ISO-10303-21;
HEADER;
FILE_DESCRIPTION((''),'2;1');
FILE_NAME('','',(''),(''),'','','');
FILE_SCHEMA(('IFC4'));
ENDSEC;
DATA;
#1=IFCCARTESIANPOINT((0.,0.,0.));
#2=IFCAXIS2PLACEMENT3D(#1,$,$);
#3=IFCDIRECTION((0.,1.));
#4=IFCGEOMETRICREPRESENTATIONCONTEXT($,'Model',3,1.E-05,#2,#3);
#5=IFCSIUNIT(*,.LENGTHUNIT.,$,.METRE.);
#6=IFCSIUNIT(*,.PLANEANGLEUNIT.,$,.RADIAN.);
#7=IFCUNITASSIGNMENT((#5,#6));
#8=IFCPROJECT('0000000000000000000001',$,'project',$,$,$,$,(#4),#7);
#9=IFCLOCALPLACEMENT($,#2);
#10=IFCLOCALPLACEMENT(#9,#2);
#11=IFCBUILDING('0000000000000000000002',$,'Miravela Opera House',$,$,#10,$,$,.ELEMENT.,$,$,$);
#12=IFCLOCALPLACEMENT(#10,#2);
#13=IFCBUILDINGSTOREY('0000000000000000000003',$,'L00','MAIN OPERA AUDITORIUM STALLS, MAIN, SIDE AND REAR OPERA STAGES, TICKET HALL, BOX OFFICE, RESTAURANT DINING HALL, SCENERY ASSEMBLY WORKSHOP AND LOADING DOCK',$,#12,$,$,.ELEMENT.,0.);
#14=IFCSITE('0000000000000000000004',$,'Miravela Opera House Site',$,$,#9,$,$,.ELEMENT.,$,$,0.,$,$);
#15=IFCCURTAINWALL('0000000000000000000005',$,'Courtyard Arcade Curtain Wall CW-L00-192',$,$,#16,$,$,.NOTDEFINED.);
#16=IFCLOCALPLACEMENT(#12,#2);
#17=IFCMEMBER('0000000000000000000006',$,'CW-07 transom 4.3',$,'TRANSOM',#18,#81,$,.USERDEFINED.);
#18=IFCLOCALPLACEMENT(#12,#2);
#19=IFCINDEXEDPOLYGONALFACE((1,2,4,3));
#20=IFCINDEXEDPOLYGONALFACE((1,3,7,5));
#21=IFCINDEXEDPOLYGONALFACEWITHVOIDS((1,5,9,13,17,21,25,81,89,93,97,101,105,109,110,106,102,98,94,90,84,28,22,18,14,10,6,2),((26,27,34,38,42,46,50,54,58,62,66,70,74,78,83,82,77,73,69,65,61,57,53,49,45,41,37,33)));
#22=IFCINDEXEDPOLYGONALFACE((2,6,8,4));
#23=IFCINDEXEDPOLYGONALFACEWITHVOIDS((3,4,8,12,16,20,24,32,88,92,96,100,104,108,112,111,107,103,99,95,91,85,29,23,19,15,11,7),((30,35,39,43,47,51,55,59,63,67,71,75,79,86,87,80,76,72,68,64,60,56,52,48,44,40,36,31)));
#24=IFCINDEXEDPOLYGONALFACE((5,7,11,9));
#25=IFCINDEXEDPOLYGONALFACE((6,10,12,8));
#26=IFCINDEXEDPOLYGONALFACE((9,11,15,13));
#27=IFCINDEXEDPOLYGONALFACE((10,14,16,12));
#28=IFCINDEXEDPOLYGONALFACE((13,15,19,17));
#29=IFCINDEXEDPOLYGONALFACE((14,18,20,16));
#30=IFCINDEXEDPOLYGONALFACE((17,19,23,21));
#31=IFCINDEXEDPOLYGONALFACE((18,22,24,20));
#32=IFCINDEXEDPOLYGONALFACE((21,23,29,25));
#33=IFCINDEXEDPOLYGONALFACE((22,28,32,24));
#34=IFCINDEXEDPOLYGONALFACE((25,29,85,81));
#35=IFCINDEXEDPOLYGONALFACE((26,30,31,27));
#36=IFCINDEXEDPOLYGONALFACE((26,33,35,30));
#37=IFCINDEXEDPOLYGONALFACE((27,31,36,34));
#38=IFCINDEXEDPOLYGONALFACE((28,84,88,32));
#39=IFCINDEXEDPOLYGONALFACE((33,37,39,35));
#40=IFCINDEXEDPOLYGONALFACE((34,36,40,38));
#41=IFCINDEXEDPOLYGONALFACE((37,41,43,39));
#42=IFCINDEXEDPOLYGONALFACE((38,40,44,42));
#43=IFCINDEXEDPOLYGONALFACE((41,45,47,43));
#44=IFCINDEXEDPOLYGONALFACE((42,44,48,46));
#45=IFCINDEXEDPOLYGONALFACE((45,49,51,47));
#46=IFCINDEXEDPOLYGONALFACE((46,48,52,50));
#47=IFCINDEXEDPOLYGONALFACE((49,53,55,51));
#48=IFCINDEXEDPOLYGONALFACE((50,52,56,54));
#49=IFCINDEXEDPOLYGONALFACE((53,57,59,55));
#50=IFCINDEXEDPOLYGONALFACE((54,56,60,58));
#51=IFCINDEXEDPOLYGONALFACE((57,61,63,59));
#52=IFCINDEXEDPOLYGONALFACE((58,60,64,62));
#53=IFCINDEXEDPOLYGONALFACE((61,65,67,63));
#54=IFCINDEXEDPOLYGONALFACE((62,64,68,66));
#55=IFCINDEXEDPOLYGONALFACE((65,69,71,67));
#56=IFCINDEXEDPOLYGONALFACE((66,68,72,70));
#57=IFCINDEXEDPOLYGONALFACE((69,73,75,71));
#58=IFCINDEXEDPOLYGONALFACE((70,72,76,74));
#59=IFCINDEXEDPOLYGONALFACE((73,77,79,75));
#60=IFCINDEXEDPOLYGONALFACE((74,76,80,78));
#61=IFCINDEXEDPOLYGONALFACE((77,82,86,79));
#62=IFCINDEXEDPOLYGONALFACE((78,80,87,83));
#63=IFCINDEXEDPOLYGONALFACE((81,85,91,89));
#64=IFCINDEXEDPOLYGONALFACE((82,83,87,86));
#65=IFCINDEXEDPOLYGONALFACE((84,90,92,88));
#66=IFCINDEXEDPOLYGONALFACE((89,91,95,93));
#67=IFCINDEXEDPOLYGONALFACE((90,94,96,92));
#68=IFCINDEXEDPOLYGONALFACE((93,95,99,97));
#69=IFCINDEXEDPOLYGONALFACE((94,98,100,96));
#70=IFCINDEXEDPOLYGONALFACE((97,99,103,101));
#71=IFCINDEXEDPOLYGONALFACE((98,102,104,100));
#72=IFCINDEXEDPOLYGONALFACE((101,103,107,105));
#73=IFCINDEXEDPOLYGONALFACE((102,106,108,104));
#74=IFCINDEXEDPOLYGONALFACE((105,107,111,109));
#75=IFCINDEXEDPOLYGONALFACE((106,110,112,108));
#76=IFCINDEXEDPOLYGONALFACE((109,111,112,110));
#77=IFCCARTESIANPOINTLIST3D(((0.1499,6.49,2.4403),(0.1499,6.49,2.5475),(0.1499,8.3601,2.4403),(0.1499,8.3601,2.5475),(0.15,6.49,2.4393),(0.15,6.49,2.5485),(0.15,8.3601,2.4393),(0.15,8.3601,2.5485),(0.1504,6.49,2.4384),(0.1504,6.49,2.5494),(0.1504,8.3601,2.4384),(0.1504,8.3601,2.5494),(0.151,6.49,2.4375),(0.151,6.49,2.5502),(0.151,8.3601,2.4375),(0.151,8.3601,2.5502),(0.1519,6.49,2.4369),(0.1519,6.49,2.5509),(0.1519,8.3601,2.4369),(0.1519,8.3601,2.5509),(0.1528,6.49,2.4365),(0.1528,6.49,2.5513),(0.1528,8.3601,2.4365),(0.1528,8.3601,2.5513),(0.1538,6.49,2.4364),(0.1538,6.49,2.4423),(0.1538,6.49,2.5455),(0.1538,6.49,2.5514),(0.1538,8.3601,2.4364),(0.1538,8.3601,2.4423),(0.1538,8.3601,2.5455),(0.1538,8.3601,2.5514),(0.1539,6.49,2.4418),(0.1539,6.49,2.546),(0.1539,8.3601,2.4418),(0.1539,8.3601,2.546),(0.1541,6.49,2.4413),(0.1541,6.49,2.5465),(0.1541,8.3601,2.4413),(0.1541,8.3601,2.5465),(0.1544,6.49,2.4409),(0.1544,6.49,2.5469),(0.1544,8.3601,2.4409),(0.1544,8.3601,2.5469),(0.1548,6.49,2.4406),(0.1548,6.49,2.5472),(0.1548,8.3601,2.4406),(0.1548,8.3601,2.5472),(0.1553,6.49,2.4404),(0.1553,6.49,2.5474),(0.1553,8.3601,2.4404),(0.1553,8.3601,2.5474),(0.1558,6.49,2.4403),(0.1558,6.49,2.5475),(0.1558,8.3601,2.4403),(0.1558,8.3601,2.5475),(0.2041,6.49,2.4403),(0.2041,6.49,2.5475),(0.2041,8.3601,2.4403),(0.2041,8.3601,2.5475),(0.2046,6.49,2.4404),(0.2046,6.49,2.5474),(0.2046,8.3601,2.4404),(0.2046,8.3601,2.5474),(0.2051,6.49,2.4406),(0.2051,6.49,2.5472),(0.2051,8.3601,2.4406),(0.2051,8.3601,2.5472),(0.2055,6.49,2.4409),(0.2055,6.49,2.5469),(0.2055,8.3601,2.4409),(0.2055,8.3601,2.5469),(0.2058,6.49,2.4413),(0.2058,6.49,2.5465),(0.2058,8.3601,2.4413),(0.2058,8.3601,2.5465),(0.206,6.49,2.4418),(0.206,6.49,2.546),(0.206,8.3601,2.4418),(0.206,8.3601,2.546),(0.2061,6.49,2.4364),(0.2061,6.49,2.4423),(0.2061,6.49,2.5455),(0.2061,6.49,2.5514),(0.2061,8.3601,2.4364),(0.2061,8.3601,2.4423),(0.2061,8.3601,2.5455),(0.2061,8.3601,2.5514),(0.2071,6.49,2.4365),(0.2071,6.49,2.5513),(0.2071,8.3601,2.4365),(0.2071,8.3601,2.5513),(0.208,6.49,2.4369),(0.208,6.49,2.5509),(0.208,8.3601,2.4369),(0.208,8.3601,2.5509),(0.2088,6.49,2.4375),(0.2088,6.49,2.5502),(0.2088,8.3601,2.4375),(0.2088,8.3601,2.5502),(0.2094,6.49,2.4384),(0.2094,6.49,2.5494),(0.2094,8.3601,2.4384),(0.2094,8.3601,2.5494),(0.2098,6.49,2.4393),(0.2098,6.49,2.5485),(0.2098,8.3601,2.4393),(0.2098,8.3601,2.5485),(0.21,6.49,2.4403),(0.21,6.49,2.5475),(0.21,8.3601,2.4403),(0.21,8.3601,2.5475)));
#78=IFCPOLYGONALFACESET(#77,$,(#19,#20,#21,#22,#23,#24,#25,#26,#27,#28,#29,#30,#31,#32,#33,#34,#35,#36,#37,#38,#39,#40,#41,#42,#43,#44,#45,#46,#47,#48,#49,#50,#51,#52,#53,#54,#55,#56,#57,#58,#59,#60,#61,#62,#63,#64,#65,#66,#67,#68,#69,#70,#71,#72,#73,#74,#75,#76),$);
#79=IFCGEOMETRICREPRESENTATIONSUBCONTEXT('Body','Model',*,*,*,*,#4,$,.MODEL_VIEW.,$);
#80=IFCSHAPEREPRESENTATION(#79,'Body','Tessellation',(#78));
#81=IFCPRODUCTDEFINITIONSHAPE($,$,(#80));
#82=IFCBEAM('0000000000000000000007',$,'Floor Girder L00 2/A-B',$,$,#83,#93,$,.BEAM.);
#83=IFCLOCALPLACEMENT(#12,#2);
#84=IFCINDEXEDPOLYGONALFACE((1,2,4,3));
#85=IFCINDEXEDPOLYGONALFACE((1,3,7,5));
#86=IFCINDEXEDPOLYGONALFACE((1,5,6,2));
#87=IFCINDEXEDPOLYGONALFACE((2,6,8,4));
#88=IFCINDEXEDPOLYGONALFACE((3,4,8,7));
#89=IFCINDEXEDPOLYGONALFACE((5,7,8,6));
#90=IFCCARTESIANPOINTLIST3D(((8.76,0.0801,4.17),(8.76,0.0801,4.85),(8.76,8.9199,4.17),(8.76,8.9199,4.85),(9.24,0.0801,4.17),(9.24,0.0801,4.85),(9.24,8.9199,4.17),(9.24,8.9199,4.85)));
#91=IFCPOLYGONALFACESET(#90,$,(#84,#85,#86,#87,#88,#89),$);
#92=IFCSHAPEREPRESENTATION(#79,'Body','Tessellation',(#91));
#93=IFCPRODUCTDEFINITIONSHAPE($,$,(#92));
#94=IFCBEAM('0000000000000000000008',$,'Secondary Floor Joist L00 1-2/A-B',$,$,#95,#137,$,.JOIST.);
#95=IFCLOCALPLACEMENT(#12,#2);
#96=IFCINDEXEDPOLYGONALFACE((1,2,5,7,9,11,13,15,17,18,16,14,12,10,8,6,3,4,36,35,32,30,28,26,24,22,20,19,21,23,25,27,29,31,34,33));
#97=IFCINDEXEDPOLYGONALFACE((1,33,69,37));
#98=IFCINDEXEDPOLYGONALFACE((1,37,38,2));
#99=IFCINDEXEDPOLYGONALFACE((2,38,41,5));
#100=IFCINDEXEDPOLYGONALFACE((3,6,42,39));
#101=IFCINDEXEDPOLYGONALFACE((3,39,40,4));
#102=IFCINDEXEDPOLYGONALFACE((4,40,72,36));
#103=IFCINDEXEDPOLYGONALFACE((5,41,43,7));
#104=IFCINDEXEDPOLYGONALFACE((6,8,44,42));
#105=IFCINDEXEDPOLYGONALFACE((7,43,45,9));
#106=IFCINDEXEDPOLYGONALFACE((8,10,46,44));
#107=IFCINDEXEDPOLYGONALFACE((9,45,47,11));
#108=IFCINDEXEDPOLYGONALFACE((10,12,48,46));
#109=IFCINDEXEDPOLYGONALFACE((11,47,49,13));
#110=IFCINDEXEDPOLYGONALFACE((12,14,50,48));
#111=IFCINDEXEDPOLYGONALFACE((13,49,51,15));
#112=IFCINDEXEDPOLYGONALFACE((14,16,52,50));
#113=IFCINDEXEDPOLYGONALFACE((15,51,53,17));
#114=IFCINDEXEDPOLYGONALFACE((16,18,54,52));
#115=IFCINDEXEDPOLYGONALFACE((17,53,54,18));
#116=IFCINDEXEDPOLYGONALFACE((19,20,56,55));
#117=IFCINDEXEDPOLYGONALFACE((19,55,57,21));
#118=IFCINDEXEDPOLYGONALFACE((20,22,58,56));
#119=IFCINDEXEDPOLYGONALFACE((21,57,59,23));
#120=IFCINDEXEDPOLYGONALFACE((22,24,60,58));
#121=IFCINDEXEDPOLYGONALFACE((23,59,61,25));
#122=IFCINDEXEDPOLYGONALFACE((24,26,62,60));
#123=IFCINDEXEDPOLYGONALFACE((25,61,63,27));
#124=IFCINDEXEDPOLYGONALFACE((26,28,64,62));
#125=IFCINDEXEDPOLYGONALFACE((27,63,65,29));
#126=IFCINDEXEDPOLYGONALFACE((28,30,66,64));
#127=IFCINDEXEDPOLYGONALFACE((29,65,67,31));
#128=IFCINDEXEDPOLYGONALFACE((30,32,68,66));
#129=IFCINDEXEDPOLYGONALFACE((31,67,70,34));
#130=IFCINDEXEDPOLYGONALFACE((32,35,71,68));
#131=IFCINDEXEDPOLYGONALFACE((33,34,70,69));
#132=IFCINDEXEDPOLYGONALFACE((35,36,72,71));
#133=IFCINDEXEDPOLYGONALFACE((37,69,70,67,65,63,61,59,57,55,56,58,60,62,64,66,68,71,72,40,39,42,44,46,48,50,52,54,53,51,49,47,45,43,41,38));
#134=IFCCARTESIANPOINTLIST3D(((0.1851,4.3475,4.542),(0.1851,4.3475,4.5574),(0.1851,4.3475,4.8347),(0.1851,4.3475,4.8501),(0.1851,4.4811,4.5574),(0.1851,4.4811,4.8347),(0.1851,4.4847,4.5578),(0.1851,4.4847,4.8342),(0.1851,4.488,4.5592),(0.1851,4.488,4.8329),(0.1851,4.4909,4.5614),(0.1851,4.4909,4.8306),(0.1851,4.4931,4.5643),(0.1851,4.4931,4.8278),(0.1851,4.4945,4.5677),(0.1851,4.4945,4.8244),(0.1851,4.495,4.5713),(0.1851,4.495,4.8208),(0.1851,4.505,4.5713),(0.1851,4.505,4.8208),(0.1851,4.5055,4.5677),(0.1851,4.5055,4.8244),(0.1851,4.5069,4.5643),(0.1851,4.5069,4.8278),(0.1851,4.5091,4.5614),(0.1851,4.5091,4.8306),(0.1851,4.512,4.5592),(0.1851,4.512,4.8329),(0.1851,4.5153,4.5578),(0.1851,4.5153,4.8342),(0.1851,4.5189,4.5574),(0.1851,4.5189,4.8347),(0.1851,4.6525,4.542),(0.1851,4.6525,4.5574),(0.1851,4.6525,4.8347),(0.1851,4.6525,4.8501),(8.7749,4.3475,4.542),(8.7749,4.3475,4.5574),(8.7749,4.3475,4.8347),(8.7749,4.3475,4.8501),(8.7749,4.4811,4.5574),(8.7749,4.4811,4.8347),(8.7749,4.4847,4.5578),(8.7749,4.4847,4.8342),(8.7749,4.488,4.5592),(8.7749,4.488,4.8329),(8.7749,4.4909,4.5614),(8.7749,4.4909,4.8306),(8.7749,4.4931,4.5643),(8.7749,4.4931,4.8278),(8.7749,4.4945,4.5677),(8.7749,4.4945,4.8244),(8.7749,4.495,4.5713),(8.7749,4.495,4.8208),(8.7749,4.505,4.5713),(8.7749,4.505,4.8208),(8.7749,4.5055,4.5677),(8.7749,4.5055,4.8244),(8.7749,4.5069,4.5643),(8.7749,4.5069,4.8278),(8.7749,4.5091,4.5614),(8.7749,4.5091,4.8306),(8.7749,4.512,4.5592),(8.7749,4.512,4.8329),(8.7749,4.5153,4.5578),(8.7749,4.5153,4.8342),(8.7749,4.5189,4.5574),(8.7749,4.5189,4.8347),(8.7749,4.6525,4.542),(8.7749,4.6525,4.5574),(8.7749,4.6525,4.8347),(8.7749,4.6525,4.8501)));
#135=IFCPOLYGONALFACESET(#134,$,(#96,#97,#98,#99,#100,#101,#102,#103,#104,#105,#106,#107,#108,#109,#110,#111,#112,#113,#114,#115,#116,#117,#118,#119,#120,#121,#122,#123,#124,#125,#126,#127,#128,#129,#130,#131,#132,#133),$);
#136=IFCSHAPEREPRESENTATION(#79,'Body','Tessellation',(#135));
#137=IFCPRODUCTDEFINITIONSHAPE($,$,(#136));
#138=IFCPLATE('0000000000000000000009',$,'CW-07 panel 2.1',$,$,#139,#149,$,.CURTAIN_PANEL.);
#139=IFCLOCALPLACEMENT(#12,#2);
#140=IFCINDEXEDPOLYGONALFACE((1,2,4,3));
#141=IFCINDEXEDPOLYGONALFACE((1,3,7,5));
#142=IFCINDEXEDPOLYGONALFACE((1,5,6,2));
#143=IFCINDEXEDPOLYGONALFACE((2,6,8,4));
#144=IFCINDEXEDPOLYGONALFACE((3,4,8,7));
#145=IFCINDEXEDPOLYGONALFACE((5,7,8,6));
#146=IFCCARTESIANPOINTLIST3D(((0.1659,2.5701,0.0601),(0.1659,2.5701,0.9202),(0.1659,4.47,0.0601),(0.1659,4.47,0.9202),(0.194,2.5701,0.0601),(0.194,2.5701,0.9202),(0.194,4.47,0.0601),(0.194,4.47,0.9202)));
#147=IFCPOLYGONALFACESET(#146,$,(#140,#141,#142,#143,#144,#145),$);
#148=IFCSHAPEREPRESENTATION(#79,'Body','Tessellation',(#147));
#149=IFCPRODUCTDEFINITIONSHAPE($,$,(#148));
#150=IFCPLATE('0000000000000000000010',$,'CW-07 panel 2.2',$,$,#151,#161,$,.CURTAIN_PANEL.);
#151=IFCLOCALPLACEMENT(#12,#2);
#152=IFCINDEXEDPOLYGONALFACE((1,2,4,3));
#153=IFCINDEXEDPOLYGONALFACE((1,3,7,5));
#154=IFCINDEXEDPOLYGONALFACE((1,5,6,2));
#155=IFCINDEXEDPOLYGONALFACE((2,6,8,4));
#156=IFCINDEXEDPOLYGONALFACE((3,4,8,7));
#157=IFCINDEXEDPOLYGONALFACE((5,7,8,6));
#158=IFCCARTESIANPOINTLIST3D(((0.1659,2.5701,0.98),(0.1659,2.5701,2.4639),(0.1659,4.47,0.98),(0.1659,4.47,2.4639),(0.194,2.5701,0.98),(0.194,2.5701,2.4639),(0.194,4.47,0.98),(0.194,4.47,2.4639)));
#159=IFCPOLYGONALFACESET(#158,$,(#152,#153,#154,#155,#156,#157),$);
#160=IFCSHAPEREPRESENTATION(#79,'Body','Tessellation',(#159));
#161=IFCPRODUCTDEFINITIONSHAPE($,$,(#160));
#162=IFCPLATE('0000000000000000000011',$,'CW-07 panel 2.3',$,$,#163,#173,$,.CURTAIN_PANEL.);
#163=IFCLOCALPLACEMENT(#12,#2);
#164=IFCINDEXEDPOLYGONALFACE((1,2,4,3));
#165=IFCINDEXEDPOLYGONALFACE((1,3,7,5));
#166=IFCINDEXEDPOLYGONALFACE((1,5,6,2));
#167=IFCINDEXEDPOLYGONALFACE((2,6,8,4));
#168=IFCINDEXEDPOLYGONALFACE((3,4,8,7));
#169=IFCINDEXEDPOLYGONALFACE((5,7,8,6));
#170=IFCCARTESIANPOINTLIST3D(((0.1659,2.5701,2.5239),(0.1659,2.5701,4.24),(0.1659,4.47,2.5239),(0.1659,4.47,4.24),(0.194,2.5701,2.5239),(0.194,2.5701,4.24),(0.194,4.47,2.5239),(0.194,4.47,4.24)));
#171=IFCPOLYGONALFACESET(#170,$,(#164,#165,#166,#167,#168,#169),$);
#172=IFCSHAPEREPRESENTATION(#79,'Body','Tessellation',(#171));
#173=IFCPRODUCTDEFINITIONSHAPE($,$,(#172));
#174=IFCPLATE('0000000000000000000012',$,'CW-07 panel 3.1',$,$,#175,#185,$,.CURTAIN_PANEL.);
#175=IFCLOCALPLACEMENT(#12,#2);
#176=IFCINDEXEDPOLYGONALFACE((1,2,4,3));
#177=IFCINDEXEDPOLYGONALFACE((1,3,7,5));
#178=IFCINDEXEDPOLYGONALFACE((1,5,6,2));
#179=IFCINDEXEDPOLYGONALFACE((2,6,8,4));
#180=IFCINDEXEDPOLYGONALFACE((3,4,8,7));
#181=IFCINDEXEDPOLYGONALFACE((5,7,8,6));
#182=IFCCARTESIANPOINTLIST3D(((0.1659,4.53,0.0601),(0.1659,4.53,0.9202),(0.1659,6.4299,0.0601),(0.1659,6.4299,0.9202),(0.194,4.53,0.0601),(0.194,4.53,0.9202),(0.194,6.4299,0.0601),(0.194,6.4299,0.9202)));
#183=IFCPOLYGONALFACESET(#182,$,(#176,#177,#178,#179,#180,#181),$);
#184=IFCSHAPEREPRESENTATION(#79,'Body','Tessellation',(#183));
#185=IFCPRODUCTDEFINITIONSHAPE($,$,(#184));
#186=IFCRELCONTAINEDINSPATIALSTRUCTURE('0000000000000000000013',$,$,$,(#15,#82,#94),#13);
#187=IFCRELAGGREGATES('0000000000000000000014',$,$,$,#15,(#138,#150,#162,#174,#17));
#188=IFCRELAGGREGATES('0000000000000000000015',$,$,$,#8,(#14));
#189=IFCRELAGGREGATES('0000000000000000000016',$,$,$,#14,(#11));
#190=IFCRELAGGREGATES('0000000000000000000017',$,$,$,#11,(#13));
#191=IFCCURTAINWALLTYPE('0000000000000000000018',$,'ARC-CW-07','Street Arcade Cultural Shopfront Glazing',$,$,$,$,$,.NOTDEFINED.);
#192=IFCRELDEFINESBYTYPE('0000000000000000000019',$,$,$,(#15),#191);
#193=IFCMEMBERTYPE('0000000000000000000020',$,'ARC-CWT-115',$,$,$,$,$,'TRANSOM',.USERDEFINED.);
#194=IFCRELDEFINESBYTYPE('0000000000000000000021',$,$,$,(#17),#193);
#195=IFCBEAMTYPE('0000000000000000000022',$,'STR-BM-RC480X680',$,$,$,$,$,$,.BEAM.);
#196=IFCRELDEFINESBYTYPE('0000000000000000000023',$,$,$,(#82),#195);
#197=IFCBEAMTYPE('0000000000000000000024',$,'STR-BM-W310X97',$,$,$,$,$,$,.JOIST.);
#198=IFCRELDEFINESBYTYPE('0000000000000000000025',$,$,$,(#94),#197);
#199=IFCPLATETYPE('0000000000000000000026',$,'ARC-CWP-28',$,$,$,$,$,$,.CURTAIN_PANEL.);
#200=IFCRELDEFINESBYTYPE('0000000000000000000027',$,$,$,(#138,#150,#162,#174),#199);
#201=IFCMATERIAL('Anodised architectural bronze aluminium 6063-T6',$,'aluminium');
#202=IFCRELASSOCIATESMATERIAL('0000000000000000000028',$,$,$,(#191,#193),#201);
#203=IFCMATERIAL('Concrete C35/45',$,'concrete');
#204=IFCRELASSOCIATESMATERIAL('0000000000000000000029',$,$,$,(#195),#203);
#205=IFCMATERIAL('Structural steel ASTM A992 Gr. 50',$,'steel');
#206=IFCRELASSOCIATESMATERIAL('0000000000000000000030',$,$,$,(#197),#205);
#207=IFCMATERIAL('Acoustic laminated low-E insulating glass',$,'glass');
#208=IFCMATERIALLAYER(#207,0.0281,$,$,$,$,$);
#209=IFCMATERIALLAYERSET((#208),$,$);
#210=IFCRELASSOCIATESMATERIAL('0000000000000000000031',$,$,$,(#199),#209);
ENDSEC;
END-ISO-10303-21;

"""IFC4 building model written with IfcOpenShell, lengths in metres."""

from ifc_helpers import new_model, si_unit, direction, frame, origin, origin_2d, place, context, subcontext, project, spatial, rectangle, hollow_rectangle, i_section, extrude, material, layer, layer_set, material_profile, profile_set, type_object, element, aggregate, save


model = new_model("IFC4")

# Units and contexts
model_context = context("Model", 3, precision=1e-05, world=origin(), true_north=direction((0.0, 1.0)))
body_context = subcontext(model_context, "Body", "Model", "MODEL_VIEW")
ifc_project = project(units=[si_unit("LENGTHUNIT", "METRE"), si_unit("PLANEANGLEUNIT", "RADIAN")], contexts=[model_context])

# Site, building, storey
site_placement = place(None, origin())
site = spatial("IfcSite", under=ifc_project, at=site_placement, Name="Miravela Opera House Site", CompositionType="ELEMENT", RefElevation=0.0)
building_placement = place(site_placement, origin())
building = spatial("IfcBuilding", under=site, at=building_placement, Name="Miravela Opera House", CompositionType="ELEMENT")
storey_placement = place(building_placement, origin())
storey = spatial("IfcBuildingStorey", under=building, at=storey_placement, Name="L00", Description="MAIN OPERA AUDITORIUM STALLS, MAIN, SIDE AND REAR OPERA STAGES, TICKET HALL, BOX OFFICE, RESTAURANT DINING HALL, SCENERY ASSEMBLY WORKSHOP AND LOADING DOCK", CompositionType="ELEMENT", Elevation=0.0)

# Curtain wall, member
ifc_material_1 = material(Name="Anodised architectural bronze aluminium 6063-T6", Category="aluminium")
curtain_wall_type = type_object("IfcCurtainWallType", Name="ARC-CW-07", Description="Street Arcade Cultural Shopfront Glazing", PredefinedType="NOTDEFINED", material=ifc_material_1)
curtain_wall_placement = place(storey_placement, origin())
curtain_wall = element("IfcCurtainWall", 1, at=curtain_wall_placement, inside=storey, type_object=curtain_wall_type, Name="Courtyard Arcade Curtain Wall CW-L00-192", PredefinedType="NOTDEFINED")
ifc_material_profile_1 = material_profile(ifc_material_1, hollow_rectangle(XDim=0.0601, YDim=0.115, WallThickness=0.0039, InnerFilletRadius=0.002, OuterFilletRadius=0.0039, at=origin_2d()), Name="CWT-60X115")
ifc_profile_set_1 = profile_set([ifc_material_profile_1])
member_type_1 = type_object("IfcMemberType", Name="ARC-CWT-115", ElementType="TRANSOM", PredefinedType="USERDEFINED", material=ifc_profile_set_1)
member_1_placement = place(storey_placement, frame((0.1799, 6.49, 2.4939), z_axis=(0.0, 1.0, 0.0), x_axis=(-1.0, 0.0, 0.0)))
member_1 = element("IfcMember", 2, at=member_1_placement, type_object=member_type_1, Name="CW-07 transom 4.3", ObjectType="TRANSOM", PredefinedType="USERDEFINED", context=body_context, shape_type="SweptSolid", body=[
    extrude(hollow_rectangle(XDim=0.0601, YDim=0.115, WallThickness=0.0039, InnerFilletRadius=0.002, OuterFilletRadius=0.0039, at=origin_2d()), origin(), (0.0, 0.0, 1.0), 1.8701),
])

# Beams
ifc_material_2 = material(Name="Concrete C35/45", Category="concrete")
ifc_material_profile_2 = material_profile(ifc_material_2, rectangle(XDim=0.48, YDim=0.6799, at=origin_2d()), Name="RC-BM-480X680")
ifc_profile_set_2 = profile_set([ifc_material_profile_2])
beam_type_1 = type_object("IfcBeamType", Name="STR-BM-RC480X680", PredefinedType="BEAM", material=ifc_profile_set_2)
beam_1_placement = place(storey_placement, frame((9.0, 0.0801, 4.51), z_axis=(0.0, 1.0, 0.0), x_axis=(-1.0, 0.0, 0.0)))
element("IfcBeam", 3, at=beam_1_placement, inside=storey, type_object=beam_type_1, Name="Floor Girder L00 2/A-B", PredefinedType="BEAM", context=body_context, shape_type="SweptSolid", body=[
    extrude(rectangle(XDim=0.48, YDim=0.6799, at=origin_2d()), origin(), (0.0, 0.0, 1.0), 8.8398),
])
ifc_material_3 = material(Name="Structural steel ASTM A992 Gr. 50", Category="steel")
ifc_material_profile_3 = material_profile(ifc_material_3, i_section(OverallWidth=0.3049, OverallDepth=0.3081, WebThickness=0.01, FlangeThickness=0.0154, FilletRadius=0.0139, at=origin_2d()), Name="W310X97")
ifc_profile_set_3 = profile_set([ifc_material_profile_3])
beam_type_2 = type_object("IfcBeamType", Name="STR-BM-W310X97", PredefinedType="JOIST", material=ifc_profile_set_3)
beam_2_placement = place(storey_placement, frame((0.1851, 4.5, 4.696), z_axis=(1.0, 0.0, 0.0), x_axis=(0.0, 1.0, 0.0)))
element("IfcBeam", 4, at=beam_2_placement, inside=storey, type_object=beam_type_2, Name="Secondary Floor Joist L00 1-2/A-B", PredefinedType="JOIST", context=body_context, shape_type="SweptSolid", body=[
    extrude(i_section(OverallWidth=0.3049, OverallDepth=0.3081, WebThickness=0.01, FlangeThickness=0.0154, FilletRadius=0.0139, at=origin_2d()), origin(), (0.0, 0.0, 1.0), 8.5898),
])

# Plates
ifc_material_4 = material(Name="Acoustic laminated low-E insulating glass", Category="glass")
ifc_layer_1 = layer(ifc_material_4, 0.0281)
ifc_layer_set_1 = layer_set([ifc_layer_1])
plate_type = type_object("IfcPlateType", Name="ARC-CWP-28", PredefinedType="CURTAIN_PANEL", material=ifc_layer_set_1)
plate_1_placement = place(storey_placement, frame((0.1799, 3.52, 0.0601), z_axis=(0.0, 0.0, 1.0), x_axis=(0.0, 1.0, 0.0)))
plate_1 = element("IfcPlate", 5, at=plate_1_placement, type_object=plate_type, Name="CW-07 panel 2.1", PredefinedType="CURTAIN_PANEL", context=body_context, shape_type="SweptSolid", body=[
    extrude(rectangle(XDim=1.8999, YDim=0.0281, at=origin_2d()), origin(), (0.0, 0.0, 1.0), 0.8601),
])
plate_2_placement = place(storey_placement, frame((0.1799, 3.52, 0.98), z_axis=(0.0, 0.0, 1.0), x_axis=(0.0, 1.0, 0.0)))
plate_2 = element("IfcPlate", 6, at=plate_2_placement, type_object=plate_type, Name="CW-07 panel 2.2", PredefinedType="CURTAIN_PANEL", context=body_context, shape_type="SweptSolid", body=[
    extrude(rectangle(XDim=1.8999, YDim=0.0281, at=origin_2d()), origin(), (0.0, 0.0, 1.0), 1.4839),
])
plate_3_placement = place(storey_placement, frame((0.1799, 3.52, 2.5239), z_axis=(0.0, 0.0, 1.0), x_axis=(0.0, 1.0, 0.0)))
plate_3 = element("IfcPlate", 7, at=plate_3_placement, type_object=plate_type, Name="CW-07 panel 2.3", PredefinedType="CURTAIN_PANEL", context=body_context, shape_type="SweptSolid", body=[
    extrude(rectangle(XDim=1.8999, YDim=0.0281, at=origin_2d()), origin(), (0.0, 0.0, 1.0), 1.7161),
])
plate_4_placement = place(storey_placement, frame((0.1799, 5.48, 0.0601), z_axis=(0.0, 0.0, 1.0), x_axis=(0.0, 1.0, 0.0)))
plate_4 = element("IfcPlate", 8, at=plate_4_placement, type_object=plate_type, Name="CW-07 panel 3.1", PredefinedType="CURTAIN_PANEL", context=body_context, shape_type="SweptSolid", body=[
    extrude(rectangle(XDim=1.8999, YDim=0.0281, at=origin_2d()), origin(), (0.0, 0.0, 1.0), 0.8601),
])
aggregate(curtain_wall, [plate_1, plate_2, plate_3, plate_4, member_1])

save(model, "model.ifc")
